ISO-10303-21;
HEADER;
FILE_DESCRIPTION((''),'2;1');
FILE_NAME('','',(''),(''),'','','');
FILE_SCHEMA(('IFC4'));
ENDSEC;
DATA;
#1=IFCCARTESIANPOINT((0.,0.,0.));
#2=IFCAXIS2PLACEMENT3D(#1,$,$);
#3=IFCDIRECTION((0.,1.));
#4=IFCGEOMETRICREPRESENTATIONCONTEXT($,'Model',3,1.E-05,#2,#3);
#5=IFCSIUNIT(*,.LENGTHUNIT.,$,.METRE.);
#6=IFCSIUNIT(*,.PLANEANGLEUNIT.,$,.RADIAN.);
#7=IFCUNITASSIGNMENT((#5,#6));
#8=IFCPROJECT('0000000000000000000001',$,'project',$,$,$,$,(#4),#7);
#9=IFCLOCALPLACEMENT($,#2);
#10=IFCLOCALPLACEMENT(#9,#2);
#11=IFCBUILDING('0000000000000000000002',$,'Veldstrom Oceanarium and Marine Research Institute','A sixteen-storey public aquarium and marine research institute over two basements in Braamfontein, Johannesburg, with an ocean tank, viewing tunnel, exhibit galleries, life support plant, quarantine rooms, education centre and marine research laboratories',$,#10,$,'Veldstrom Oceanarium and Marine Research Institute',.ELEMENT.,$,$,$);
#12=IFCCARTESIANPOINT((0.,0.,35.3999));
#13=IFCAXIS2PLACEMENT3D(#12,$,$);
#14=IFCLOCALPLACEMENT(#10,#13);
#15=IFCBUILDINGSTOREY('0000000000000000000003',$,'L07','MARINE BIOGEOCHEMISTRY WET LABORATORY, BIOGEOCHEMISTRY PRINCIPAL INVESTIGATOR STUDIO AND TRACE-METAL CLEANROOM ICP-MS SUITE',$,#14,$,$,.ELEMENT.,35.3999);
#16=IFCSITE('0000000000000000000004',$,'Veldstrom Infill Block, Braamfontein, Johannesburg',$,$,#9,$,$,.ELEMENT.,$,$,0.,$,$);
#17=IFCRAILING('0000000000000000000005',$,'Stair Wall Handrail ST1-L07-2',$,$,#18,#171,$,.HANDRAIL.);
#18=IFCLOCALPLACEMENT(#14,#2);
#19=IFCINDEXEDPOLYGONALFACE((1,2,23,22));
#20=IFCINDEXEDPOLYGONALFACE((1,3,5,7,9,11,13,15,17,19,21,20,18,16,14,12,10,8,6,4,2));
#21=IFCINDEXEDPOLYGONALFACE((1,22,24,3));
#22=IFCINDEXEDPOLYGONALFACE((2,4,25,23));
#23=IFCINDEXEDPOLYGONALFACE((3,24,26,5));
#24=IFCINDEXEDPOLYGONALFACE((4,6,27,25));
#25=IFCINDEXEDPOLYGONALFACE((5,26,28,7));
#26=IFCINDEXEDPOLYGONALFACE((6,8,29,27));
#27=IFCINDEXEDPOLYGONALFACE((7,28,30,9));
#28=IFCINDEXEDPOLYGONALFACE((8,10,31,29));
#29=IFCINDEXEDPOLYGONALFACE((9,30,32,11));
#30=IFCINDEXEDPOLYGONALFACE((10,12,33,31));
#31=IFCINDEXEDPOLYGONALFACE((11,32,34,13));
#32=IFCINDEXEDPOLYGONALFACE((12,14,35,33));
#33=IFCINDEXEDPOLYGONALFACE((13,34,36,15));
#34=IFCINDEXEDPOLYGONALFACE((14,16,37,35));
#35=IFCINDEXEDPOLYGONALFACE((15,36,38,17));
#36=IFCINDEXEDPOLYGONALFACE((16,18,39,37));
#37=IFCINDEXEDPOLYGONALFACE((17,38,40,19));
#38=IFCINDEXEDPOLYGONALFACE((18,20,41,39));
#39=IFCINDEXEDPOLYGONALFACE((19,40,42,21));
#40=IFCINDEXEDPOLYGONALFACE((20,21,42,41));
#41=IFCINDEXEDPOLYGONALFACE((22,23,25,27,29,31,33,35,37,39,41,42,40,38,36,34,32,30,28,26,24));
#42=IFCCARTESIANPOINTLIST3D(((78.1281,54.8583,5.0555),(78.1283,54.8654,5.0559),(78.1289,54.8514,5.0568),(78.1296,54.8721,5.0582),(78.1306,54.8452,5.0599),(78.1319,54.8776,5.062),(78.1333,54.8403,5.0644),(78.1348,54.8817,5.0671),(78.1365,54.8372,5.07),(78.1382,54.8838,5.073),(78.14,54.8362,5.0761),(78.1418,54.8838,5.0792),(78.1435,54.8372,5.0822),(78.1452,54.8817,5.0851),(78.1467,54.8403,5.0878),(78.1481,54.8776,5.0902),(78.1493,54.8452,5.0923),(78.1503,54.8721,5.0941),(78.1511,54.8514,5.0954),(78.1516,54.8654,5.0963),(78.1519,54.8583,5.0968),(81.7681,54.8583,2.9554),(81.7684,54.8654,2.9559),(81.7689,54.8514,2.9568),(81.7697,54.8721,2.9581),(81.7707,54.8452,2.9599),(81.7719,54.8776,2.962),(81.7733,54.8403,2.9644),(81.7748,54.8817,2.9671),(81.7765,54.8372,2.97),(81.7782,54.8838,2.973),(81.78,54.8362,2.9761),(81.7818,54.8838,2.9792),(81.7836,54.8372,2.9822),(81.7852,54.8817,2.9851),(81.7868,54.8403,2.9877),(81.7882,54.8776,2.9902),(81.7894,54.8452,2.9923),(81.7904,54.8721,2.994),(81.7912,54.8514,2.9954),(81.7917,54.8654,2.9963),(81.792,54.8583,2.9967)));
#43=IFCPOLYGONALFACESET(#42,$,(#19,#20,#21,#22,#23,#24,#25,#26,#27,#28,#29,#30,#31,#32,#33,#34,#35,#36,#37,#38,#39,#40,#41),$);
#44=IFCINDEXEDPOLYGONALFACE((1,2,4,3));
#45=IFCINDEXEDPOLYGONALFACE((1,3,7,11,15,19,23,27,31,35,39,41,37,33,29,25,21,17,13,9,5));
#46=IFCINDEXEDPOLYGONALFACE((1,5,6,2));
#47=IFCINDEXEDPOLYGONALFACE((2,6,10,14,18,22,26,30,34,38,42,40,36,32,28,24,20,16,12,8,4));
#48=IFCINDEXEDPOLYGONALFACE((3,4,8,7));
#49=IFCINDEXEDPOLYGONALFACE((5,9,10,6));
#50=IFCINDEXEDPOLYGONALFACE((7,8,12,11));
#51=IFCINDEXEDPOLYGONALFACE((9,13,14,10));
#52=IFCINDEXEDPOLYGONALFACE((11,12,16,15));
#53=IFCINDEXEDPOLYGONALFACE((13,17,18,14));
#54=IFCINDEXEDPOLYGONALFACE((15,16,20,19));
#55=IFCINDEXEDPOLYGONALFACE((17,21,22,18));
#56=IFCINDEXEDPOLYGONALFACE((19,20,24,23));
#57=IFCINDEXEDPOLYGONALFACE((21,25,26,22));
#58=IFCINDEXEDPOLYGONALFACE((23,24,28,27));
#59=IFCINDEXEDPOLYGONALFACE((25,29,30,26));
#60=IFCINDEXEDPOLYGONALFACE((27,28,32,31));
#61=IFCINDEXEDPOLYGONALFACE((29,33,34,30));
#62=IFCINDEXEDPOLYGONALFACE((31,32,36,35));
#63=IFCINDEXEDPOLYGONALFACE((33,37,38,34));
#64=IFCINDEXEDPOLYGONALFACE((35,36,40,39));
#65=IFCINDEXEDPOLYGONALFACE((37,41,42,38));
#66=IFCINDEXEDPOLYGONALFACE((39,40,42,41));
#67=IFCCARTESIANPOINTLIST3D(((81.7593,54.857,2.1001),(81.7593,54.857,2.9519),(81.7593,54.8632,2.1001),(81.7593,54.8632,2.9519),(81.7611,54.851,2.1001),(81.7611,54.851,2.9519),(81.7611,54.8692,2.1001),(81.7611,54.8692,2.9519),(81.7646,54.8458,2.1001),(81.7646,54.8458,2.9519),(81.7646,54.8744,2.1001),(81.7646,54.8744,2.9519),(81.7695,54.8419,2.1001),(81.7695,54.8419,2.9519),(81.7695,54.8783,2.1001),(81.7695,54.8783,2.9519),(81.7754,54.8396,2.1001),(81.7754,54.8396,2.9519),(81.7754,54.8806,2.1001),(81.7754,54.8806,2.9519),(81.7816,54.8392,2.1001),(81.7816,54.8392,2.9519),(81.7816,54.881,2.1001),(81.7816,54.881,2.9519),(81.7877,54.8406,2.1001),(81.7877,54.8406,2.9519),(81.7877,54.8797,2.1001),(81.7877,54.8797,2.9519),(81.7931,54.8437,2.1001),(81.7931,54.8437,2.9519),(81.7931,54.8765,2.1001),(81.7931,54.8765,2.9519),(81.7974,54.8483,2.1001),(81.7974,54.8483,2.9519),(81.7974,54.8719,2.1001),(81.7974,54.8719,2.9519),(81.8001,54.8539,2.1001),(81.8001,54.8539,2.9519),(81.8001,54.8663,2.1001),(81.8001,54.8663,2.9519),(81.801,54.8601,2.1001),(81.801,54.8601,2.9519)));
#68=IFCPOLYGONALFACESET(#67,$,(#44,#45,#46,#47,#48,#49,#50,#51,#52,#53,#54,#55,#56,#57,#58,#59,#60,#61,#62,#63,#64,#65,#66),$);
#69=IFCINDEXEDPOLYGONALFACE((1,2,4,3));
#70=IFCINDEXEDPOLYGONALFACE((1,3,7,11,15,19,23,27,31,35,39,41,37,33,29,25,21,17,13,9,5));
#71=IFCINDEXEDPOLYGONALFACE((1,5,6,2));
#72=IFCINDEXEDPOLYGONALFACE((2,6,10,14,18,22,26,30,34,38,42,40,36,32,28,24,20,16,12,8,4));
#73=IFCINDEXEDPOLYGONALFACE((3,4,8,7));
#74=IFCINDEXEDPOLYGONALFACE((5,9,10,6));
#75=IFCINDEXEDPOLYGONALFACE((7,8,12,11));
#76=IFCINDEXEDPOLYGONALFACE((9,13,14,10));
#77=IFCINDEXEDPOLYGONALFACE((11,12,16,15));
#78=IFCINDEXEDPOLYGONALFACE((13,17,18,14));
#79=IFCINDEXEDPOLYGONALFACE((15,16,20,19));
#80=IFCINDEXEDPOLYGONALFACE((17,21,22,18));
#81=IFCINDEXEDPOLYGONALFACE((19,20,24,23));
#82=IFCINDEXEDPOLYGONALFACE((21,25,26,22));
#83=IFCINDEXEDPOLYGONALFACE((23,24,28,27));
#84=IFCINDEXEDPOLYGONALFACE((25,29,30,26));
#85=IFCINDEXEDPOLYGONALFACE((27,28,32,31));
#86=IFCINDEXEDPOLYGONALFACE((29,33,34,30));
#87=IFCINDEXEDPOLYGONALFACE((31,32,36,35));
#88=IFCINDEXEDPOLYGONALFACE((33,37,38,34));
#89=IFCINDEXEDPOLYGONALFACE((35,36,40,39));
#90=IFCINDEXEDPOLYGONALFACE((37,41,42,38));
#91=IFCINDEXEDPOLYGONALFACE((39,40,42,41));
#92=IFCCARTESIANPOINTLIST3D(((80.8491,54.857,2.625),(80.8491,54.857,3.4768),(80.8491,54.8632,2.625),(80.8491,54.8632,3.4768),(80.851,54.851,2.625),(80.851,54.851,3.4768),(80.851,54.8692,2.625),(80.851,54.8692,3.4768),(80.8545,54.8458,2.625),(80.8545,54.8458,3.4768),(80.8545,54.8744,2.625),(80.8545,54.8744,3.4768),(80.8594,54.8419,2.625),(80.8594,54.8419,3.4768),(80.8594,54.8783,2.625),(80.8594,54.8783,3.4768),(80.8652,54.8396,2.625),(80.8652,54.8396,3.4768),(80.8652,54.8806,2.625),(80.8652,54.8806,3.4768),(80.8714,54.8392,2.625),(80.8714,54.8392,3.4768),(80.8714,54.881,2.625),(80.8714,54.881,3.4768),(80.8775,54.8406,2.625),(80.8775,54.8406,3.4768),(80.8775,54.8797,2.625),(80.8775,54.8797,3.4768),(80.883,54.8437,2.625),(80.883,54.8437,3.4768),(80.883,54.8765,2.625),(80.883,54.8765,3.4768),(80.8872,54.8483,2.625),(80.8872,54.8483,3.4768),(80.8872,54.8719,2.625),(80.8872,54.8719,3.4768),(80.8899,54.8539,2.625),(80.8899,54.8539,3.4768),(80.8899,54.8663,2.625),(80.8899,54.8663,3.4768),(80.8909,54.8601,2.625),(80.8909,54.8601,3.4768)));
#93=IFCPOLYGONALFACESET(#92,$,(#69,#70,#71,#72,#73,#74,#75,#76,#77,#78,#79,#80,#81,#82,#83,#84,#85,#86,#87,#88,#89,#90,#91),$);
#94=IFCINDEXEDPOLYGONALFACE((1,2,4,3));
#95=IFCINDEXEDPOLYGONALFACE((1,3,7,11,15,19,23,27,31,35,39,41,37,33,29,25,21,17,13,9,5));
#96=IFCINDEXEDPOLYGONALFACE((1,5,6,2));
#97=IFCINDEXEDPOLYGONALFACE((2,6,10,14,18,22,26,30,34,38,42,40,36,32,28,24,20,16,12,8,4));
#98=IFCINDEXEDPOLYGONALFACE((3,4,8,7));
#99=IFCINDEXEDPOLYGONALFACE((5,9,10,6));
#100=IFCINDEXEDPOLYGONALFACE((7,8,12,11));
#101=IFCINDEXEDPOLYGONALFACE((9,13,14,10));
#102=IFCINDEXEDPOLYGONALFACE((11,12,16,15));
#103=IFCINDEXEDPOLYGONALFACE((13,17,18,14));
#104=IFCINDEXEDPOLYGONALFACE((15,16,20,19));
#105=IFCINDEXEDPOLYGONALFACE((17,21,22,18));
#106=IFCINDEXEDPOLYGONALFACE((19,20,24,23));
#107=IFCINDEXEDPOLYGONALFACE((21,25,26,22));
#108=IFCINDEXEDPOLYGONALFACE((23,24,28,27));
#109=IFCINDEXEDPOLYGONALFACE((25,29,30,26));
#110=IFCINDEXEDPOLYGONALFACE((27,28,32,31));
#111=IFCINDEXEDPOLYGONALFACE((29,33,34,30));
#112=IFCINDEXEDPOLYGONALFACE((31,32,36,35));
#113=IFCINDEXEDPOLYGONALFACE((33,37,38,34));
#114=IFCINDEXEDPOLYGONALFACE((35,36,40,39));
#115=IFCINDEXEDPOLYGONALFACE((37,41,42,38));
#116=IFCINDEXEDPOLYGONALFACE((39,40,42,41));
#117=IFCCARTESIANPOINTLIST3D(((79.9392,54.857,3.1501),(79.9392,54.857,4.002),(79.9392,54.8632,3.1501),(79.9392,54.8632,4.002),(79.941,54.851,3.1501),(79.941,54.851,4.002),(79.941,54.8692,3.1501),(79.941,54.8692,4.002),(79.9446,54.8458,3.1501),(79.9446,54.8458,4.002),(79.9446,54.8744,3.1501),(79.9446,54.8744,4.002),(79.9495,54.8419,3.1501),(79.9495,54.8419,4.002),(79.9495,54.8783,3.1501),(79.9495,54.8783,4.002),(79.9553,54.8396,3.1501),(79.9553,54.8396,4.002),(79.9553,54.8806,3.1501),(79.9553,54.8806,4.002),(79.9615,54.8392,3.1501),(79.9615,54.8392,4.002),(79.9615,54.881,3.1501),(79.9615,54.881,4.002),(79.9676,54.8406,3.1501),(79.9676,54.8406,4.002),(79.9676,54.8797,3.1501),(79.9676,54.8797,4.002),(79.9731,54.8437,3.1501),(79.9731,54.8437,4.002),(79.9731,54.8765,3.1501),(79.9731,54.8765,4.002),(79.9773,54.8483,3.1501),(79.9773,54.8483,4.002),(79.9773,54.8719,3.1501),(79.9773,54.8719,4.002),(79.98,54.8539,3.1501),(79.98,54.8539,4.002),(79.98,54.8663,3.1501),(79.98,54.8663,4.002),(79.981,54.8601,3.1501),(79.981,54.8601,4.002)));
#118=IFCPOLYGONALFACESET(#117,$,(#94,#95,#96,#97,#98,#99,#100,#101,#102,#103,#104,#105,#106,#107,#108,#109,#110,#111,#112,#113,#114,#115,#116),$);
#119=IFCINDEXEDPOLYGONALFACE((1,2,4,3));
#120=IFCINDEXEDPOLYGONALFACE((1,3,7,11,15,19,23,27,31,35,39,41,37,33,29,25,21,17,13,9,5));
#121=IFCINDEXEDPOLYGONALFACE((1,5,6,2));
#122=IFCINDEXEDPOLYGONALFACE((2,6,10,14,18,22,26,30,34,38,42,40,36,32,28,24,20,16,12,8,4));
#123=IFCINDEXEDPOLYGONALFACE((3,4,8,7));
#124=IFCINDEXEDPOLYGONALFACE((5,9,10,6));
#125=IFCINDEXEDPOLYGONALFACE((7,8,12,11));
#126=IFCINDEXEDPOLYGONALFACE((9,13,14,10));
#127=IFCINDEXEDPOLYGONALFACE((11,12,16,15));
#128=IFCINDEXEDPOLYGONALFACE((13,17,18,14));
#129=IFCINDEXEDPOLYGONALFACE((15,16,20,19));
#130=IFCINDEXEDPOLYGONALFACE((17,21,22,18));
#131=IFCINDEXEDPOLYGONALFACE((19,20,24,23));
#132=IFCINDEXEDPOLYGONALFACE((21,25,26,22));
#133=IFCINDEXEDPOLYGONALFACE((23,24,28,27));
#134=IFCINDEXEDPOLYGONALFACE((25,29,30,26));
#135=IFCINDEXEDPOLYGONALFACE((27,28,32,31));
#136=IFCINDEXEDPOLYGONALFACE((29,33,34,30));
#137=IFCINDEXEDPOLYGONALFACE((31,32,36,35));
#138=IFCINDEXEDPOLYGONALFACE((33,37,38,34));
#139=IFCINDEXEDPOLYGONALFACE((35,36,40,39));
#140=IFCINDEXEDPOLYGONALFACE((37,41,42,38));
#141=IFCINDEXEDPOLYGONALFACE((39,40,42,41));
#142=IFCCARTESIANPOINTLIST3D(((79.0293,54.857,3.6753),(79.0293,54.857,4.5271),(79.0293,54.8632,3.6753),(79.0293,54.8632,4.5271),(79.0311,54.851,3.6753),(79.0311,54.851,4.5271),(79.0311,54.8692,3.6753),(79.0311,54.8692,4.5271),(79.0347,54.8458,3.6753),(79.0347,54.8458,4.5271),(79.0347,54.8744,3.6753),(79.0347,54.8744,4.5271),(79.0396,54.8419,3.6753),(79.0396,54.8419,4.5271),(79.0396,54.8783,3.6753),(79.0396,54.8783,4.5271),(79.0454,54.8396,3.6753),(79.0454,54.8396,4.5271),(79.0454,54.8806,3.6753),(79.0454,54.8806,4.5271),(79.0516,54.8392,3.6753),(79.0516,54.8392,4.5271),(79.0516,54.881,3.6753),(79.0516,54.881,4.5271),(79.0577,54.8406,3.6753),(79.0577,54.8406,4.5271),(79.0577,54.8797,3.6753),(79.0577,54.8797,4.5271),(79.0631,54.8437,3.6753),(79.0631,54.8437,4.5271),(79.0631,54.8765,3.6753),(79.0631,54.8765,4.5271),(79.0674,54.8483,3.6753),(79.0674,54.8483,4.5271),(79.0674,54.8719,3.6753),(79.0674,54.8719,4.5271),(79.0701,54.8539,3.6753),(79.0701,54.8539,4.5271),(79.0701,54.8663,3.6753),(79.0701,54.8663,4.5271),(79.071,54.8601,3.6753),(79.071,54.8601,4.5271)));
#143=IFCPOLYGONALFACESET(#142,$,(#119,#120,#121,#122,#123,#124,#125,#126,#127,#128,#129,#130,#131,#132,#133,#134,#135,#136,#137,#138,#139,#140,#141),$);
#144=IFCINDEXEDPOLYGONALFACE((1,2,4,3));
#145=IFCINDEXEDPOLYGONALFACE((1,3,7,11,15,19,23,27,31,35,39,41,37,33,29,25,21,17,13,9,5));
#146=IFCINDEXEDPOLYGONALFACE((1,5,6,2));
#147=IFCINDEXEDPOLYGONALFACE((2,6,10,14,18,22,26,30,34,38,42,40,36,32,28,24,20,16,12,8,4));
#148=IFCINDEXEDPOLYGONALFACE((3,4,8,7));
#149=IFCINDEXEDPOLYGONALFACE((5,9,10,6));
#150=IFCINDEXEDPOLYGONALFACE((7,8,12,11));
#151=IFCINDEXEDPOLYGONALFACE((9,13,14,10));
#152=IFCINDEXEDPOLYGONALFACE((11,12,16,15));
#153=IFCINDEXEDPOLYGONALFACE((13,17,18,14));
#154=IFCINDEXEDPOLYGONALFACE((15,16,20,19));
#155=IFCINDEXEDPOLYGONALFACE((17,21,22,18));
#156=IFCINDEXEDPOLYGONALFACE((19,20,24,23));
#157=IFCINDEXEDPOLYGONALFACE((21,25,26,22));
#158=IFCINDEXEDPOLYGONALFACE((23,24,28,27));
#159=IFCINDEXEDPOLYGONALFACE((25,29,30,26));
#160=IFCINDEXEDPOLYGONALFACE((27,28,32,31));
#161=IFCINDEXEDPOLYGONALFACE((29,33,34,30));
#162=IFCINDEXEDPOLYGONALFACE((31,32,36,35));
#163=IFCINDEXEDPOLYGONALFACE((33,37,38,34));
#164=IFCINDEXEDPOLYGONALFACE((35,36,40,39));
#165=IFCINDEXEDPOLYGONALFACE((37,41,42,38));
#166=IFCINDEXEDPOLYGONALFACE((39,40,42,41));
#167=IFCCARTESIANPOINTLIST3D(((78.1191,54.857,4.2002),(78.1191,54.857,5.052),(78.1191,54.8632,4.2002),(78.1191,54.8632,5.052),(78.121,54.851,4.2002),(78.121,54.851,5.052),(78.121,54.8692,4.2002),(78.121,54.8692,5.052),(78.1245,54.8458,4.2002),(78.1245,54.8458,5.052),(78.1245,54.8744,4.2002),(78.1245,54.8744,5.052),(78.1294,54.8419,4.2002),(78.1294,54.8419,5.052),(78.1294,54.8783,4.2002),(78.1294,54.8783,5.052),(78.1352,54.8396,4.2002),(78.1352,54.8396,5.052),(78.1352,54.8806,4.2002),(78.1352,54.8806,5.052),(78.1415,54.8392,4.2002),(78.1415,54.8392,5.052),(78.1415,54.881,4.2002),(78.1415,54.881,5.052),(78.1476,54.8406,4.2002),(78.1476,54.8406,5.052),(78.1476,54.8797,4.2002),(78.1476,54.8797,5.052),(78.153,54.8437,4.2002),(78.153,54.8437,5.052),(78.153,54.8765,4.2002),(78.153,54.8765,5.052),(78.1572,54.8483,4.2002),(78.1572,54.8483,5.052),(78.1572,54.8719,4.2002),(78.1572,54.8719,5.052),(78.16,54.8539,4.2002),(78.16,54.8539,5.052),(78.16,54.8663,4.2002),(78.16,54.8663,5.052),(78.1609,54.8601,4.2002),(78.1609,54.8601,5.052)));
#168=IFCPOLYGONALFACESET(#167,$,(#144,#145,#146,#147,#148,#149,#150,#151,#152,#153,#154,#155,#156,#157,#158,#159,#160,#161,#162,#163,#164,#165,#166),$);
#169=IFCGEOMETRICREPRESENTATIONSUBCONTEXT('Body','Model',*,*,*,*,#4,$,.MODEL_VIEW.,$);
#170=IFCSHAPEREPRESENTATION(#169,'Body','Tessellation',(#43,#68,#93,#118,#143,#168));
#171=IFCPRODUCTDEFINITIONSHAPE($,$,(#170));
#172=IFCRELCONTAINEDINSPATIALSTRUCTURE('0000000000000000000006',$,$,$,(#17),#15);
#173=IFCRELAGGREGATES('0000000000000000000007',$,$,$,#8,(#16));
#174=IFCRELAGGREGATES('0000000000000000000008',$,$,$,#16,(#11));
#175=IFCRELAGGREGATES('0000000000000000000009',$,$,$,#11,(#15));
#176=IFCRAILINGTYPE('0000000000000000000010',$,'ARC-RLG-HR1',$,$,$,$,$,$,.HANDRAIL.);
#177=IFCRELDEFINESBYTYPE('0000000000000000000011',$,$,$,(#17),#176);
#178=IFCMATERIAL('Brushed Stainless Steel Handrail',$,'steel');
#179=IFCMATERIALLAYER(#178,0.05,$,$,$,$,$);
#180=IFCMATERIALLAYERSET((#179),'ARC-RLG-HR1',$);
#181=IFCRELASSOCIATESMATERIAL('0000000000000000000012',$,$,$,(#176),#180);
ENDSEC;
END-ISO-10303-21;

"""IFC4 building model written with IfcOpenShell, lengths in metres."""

from ifc_helpers import new_model, si_unit, direction, frame, origin, origin_2d, place, context, subcontext, project, spatial, circle, extrude, material, layer, layer_set, type_object, element, save


model = new_model("IFC4")

# Units and contexts
model_context = context("Model", 3, precision=1e-05, world=origin(), true_north=direction((0.0, 1.0)))
body_context = subcontext(model_context, "Body", "Model", "MODEL_VIEW")
ifc_project = project(units=[si_unit("LENGTHUNIT", "METRE"), si_unit("PLANEANGLEUNIT", "RADIAN")], contexts=[model_context])

# Site, building, storey
site_placement = place(None, origin())
site = spatial("IfcSite", under=ifc_project, at=site_placement, Name="Veldstrom Infill Block, Braamfontein, Johannesburg", CompositionType="ELEMENT", RefElevation=0.0)
building_placement = place(site_placement, origin())
building = spatial("IfcBuilding", under=site, at=building_placement, Name="Veldstrom Oceanarium and Marine Research Institute", Description="A sixteen-storey public aquarium and marine research institute over two basements in Braamfontein, Johannesburg, with an ocean tank, viewing tunnel, exhibit galleries, life support plant, quarantine rooms, education centre and marine research laboratories", LongName="Veldstrom Oceanarium and Marine Research Institute", CompositionType="ELEMENT")
storey_placement = place(building_placement, frame((0.0, 0.0, 35.3999)))
storey = spatial("IfcBuildingStorey", under=building, at=storey_placement, Name="L07", Description="MARINE BIOGEOCHEMISTRY WET LABORATORY, BIOGEOCHEMISTRY PRINCIPAL INVESTIGATOR STUDIO AND TRACE-METAL CLEANROOM ICP-MS SUITE", CompositionType="ELEMENT", Elevation=35.3999)

# Railing
ifc_material_1 = material(Name="Brushed Stainless Steel Handrail", Category="steel")
ifc_layer_1 = layer(ifc_material_1, 0.05)
ifc_layer_set_1 = layer_set([ifc_layer_1], Name="ARC-RLG-HR1")
railing_type_1 = type_object("IfcRailingType", Name="ARC-RLG-HR1", PredefinedType="HANDRAIL", material=ifc_layer_set_1)
railing_1_placement = place(storey_placement, frame((81.78, 54.8601, 2.1001)))
element("IfcRailing", 1, at=railing_1_placement, inside=storey, type_object=railing_type_1, Name="Stair Wall Handrail ST1-L07-2", PredefinedType="HANDRAIL", context=body_context, shape_type="SweptSolid", body=[
    extrude(circle(Radius=0.0239, at=origin_2d()), frame((0.0, 0.0, 0.876), z_axis=(-0.866184, 0.0, 0.499726), x_axis=(0.0, -1.0, 0.0)), (0.0, 0.0, 1.0), 4.2024),
    extrude(circle(Radius=0.021, at=origin_2d()), origin(), (0.0, 0.0, 1.0), 0.8518),
    extrude(circle(Radius=0.021, at=origin_2d()), frame((-0.9102, 0.0, 0.5249)), (0.0, 0.0, 1.0), 0.8518),
    extrude(circle(Radius=0.021, at=origin_2d()), frame((-1.8201, 0.0, 1.05)), (0.0, 0.0, 1.0), 0.8518),
    extrude(circle(Radius=0.021, at=origin_2d()), frame((-2.73, 0.0, 1.5752)), (0.0, 0.0, 1.0), 0.8518),
    extrude(circle(Radius=0.021, at=origin_2d()), frame((-3.6401, 0.0, 2.1001)), (0.0, 0.0, 1.0), 0.8518),
])

save(model, "model.ifc")
